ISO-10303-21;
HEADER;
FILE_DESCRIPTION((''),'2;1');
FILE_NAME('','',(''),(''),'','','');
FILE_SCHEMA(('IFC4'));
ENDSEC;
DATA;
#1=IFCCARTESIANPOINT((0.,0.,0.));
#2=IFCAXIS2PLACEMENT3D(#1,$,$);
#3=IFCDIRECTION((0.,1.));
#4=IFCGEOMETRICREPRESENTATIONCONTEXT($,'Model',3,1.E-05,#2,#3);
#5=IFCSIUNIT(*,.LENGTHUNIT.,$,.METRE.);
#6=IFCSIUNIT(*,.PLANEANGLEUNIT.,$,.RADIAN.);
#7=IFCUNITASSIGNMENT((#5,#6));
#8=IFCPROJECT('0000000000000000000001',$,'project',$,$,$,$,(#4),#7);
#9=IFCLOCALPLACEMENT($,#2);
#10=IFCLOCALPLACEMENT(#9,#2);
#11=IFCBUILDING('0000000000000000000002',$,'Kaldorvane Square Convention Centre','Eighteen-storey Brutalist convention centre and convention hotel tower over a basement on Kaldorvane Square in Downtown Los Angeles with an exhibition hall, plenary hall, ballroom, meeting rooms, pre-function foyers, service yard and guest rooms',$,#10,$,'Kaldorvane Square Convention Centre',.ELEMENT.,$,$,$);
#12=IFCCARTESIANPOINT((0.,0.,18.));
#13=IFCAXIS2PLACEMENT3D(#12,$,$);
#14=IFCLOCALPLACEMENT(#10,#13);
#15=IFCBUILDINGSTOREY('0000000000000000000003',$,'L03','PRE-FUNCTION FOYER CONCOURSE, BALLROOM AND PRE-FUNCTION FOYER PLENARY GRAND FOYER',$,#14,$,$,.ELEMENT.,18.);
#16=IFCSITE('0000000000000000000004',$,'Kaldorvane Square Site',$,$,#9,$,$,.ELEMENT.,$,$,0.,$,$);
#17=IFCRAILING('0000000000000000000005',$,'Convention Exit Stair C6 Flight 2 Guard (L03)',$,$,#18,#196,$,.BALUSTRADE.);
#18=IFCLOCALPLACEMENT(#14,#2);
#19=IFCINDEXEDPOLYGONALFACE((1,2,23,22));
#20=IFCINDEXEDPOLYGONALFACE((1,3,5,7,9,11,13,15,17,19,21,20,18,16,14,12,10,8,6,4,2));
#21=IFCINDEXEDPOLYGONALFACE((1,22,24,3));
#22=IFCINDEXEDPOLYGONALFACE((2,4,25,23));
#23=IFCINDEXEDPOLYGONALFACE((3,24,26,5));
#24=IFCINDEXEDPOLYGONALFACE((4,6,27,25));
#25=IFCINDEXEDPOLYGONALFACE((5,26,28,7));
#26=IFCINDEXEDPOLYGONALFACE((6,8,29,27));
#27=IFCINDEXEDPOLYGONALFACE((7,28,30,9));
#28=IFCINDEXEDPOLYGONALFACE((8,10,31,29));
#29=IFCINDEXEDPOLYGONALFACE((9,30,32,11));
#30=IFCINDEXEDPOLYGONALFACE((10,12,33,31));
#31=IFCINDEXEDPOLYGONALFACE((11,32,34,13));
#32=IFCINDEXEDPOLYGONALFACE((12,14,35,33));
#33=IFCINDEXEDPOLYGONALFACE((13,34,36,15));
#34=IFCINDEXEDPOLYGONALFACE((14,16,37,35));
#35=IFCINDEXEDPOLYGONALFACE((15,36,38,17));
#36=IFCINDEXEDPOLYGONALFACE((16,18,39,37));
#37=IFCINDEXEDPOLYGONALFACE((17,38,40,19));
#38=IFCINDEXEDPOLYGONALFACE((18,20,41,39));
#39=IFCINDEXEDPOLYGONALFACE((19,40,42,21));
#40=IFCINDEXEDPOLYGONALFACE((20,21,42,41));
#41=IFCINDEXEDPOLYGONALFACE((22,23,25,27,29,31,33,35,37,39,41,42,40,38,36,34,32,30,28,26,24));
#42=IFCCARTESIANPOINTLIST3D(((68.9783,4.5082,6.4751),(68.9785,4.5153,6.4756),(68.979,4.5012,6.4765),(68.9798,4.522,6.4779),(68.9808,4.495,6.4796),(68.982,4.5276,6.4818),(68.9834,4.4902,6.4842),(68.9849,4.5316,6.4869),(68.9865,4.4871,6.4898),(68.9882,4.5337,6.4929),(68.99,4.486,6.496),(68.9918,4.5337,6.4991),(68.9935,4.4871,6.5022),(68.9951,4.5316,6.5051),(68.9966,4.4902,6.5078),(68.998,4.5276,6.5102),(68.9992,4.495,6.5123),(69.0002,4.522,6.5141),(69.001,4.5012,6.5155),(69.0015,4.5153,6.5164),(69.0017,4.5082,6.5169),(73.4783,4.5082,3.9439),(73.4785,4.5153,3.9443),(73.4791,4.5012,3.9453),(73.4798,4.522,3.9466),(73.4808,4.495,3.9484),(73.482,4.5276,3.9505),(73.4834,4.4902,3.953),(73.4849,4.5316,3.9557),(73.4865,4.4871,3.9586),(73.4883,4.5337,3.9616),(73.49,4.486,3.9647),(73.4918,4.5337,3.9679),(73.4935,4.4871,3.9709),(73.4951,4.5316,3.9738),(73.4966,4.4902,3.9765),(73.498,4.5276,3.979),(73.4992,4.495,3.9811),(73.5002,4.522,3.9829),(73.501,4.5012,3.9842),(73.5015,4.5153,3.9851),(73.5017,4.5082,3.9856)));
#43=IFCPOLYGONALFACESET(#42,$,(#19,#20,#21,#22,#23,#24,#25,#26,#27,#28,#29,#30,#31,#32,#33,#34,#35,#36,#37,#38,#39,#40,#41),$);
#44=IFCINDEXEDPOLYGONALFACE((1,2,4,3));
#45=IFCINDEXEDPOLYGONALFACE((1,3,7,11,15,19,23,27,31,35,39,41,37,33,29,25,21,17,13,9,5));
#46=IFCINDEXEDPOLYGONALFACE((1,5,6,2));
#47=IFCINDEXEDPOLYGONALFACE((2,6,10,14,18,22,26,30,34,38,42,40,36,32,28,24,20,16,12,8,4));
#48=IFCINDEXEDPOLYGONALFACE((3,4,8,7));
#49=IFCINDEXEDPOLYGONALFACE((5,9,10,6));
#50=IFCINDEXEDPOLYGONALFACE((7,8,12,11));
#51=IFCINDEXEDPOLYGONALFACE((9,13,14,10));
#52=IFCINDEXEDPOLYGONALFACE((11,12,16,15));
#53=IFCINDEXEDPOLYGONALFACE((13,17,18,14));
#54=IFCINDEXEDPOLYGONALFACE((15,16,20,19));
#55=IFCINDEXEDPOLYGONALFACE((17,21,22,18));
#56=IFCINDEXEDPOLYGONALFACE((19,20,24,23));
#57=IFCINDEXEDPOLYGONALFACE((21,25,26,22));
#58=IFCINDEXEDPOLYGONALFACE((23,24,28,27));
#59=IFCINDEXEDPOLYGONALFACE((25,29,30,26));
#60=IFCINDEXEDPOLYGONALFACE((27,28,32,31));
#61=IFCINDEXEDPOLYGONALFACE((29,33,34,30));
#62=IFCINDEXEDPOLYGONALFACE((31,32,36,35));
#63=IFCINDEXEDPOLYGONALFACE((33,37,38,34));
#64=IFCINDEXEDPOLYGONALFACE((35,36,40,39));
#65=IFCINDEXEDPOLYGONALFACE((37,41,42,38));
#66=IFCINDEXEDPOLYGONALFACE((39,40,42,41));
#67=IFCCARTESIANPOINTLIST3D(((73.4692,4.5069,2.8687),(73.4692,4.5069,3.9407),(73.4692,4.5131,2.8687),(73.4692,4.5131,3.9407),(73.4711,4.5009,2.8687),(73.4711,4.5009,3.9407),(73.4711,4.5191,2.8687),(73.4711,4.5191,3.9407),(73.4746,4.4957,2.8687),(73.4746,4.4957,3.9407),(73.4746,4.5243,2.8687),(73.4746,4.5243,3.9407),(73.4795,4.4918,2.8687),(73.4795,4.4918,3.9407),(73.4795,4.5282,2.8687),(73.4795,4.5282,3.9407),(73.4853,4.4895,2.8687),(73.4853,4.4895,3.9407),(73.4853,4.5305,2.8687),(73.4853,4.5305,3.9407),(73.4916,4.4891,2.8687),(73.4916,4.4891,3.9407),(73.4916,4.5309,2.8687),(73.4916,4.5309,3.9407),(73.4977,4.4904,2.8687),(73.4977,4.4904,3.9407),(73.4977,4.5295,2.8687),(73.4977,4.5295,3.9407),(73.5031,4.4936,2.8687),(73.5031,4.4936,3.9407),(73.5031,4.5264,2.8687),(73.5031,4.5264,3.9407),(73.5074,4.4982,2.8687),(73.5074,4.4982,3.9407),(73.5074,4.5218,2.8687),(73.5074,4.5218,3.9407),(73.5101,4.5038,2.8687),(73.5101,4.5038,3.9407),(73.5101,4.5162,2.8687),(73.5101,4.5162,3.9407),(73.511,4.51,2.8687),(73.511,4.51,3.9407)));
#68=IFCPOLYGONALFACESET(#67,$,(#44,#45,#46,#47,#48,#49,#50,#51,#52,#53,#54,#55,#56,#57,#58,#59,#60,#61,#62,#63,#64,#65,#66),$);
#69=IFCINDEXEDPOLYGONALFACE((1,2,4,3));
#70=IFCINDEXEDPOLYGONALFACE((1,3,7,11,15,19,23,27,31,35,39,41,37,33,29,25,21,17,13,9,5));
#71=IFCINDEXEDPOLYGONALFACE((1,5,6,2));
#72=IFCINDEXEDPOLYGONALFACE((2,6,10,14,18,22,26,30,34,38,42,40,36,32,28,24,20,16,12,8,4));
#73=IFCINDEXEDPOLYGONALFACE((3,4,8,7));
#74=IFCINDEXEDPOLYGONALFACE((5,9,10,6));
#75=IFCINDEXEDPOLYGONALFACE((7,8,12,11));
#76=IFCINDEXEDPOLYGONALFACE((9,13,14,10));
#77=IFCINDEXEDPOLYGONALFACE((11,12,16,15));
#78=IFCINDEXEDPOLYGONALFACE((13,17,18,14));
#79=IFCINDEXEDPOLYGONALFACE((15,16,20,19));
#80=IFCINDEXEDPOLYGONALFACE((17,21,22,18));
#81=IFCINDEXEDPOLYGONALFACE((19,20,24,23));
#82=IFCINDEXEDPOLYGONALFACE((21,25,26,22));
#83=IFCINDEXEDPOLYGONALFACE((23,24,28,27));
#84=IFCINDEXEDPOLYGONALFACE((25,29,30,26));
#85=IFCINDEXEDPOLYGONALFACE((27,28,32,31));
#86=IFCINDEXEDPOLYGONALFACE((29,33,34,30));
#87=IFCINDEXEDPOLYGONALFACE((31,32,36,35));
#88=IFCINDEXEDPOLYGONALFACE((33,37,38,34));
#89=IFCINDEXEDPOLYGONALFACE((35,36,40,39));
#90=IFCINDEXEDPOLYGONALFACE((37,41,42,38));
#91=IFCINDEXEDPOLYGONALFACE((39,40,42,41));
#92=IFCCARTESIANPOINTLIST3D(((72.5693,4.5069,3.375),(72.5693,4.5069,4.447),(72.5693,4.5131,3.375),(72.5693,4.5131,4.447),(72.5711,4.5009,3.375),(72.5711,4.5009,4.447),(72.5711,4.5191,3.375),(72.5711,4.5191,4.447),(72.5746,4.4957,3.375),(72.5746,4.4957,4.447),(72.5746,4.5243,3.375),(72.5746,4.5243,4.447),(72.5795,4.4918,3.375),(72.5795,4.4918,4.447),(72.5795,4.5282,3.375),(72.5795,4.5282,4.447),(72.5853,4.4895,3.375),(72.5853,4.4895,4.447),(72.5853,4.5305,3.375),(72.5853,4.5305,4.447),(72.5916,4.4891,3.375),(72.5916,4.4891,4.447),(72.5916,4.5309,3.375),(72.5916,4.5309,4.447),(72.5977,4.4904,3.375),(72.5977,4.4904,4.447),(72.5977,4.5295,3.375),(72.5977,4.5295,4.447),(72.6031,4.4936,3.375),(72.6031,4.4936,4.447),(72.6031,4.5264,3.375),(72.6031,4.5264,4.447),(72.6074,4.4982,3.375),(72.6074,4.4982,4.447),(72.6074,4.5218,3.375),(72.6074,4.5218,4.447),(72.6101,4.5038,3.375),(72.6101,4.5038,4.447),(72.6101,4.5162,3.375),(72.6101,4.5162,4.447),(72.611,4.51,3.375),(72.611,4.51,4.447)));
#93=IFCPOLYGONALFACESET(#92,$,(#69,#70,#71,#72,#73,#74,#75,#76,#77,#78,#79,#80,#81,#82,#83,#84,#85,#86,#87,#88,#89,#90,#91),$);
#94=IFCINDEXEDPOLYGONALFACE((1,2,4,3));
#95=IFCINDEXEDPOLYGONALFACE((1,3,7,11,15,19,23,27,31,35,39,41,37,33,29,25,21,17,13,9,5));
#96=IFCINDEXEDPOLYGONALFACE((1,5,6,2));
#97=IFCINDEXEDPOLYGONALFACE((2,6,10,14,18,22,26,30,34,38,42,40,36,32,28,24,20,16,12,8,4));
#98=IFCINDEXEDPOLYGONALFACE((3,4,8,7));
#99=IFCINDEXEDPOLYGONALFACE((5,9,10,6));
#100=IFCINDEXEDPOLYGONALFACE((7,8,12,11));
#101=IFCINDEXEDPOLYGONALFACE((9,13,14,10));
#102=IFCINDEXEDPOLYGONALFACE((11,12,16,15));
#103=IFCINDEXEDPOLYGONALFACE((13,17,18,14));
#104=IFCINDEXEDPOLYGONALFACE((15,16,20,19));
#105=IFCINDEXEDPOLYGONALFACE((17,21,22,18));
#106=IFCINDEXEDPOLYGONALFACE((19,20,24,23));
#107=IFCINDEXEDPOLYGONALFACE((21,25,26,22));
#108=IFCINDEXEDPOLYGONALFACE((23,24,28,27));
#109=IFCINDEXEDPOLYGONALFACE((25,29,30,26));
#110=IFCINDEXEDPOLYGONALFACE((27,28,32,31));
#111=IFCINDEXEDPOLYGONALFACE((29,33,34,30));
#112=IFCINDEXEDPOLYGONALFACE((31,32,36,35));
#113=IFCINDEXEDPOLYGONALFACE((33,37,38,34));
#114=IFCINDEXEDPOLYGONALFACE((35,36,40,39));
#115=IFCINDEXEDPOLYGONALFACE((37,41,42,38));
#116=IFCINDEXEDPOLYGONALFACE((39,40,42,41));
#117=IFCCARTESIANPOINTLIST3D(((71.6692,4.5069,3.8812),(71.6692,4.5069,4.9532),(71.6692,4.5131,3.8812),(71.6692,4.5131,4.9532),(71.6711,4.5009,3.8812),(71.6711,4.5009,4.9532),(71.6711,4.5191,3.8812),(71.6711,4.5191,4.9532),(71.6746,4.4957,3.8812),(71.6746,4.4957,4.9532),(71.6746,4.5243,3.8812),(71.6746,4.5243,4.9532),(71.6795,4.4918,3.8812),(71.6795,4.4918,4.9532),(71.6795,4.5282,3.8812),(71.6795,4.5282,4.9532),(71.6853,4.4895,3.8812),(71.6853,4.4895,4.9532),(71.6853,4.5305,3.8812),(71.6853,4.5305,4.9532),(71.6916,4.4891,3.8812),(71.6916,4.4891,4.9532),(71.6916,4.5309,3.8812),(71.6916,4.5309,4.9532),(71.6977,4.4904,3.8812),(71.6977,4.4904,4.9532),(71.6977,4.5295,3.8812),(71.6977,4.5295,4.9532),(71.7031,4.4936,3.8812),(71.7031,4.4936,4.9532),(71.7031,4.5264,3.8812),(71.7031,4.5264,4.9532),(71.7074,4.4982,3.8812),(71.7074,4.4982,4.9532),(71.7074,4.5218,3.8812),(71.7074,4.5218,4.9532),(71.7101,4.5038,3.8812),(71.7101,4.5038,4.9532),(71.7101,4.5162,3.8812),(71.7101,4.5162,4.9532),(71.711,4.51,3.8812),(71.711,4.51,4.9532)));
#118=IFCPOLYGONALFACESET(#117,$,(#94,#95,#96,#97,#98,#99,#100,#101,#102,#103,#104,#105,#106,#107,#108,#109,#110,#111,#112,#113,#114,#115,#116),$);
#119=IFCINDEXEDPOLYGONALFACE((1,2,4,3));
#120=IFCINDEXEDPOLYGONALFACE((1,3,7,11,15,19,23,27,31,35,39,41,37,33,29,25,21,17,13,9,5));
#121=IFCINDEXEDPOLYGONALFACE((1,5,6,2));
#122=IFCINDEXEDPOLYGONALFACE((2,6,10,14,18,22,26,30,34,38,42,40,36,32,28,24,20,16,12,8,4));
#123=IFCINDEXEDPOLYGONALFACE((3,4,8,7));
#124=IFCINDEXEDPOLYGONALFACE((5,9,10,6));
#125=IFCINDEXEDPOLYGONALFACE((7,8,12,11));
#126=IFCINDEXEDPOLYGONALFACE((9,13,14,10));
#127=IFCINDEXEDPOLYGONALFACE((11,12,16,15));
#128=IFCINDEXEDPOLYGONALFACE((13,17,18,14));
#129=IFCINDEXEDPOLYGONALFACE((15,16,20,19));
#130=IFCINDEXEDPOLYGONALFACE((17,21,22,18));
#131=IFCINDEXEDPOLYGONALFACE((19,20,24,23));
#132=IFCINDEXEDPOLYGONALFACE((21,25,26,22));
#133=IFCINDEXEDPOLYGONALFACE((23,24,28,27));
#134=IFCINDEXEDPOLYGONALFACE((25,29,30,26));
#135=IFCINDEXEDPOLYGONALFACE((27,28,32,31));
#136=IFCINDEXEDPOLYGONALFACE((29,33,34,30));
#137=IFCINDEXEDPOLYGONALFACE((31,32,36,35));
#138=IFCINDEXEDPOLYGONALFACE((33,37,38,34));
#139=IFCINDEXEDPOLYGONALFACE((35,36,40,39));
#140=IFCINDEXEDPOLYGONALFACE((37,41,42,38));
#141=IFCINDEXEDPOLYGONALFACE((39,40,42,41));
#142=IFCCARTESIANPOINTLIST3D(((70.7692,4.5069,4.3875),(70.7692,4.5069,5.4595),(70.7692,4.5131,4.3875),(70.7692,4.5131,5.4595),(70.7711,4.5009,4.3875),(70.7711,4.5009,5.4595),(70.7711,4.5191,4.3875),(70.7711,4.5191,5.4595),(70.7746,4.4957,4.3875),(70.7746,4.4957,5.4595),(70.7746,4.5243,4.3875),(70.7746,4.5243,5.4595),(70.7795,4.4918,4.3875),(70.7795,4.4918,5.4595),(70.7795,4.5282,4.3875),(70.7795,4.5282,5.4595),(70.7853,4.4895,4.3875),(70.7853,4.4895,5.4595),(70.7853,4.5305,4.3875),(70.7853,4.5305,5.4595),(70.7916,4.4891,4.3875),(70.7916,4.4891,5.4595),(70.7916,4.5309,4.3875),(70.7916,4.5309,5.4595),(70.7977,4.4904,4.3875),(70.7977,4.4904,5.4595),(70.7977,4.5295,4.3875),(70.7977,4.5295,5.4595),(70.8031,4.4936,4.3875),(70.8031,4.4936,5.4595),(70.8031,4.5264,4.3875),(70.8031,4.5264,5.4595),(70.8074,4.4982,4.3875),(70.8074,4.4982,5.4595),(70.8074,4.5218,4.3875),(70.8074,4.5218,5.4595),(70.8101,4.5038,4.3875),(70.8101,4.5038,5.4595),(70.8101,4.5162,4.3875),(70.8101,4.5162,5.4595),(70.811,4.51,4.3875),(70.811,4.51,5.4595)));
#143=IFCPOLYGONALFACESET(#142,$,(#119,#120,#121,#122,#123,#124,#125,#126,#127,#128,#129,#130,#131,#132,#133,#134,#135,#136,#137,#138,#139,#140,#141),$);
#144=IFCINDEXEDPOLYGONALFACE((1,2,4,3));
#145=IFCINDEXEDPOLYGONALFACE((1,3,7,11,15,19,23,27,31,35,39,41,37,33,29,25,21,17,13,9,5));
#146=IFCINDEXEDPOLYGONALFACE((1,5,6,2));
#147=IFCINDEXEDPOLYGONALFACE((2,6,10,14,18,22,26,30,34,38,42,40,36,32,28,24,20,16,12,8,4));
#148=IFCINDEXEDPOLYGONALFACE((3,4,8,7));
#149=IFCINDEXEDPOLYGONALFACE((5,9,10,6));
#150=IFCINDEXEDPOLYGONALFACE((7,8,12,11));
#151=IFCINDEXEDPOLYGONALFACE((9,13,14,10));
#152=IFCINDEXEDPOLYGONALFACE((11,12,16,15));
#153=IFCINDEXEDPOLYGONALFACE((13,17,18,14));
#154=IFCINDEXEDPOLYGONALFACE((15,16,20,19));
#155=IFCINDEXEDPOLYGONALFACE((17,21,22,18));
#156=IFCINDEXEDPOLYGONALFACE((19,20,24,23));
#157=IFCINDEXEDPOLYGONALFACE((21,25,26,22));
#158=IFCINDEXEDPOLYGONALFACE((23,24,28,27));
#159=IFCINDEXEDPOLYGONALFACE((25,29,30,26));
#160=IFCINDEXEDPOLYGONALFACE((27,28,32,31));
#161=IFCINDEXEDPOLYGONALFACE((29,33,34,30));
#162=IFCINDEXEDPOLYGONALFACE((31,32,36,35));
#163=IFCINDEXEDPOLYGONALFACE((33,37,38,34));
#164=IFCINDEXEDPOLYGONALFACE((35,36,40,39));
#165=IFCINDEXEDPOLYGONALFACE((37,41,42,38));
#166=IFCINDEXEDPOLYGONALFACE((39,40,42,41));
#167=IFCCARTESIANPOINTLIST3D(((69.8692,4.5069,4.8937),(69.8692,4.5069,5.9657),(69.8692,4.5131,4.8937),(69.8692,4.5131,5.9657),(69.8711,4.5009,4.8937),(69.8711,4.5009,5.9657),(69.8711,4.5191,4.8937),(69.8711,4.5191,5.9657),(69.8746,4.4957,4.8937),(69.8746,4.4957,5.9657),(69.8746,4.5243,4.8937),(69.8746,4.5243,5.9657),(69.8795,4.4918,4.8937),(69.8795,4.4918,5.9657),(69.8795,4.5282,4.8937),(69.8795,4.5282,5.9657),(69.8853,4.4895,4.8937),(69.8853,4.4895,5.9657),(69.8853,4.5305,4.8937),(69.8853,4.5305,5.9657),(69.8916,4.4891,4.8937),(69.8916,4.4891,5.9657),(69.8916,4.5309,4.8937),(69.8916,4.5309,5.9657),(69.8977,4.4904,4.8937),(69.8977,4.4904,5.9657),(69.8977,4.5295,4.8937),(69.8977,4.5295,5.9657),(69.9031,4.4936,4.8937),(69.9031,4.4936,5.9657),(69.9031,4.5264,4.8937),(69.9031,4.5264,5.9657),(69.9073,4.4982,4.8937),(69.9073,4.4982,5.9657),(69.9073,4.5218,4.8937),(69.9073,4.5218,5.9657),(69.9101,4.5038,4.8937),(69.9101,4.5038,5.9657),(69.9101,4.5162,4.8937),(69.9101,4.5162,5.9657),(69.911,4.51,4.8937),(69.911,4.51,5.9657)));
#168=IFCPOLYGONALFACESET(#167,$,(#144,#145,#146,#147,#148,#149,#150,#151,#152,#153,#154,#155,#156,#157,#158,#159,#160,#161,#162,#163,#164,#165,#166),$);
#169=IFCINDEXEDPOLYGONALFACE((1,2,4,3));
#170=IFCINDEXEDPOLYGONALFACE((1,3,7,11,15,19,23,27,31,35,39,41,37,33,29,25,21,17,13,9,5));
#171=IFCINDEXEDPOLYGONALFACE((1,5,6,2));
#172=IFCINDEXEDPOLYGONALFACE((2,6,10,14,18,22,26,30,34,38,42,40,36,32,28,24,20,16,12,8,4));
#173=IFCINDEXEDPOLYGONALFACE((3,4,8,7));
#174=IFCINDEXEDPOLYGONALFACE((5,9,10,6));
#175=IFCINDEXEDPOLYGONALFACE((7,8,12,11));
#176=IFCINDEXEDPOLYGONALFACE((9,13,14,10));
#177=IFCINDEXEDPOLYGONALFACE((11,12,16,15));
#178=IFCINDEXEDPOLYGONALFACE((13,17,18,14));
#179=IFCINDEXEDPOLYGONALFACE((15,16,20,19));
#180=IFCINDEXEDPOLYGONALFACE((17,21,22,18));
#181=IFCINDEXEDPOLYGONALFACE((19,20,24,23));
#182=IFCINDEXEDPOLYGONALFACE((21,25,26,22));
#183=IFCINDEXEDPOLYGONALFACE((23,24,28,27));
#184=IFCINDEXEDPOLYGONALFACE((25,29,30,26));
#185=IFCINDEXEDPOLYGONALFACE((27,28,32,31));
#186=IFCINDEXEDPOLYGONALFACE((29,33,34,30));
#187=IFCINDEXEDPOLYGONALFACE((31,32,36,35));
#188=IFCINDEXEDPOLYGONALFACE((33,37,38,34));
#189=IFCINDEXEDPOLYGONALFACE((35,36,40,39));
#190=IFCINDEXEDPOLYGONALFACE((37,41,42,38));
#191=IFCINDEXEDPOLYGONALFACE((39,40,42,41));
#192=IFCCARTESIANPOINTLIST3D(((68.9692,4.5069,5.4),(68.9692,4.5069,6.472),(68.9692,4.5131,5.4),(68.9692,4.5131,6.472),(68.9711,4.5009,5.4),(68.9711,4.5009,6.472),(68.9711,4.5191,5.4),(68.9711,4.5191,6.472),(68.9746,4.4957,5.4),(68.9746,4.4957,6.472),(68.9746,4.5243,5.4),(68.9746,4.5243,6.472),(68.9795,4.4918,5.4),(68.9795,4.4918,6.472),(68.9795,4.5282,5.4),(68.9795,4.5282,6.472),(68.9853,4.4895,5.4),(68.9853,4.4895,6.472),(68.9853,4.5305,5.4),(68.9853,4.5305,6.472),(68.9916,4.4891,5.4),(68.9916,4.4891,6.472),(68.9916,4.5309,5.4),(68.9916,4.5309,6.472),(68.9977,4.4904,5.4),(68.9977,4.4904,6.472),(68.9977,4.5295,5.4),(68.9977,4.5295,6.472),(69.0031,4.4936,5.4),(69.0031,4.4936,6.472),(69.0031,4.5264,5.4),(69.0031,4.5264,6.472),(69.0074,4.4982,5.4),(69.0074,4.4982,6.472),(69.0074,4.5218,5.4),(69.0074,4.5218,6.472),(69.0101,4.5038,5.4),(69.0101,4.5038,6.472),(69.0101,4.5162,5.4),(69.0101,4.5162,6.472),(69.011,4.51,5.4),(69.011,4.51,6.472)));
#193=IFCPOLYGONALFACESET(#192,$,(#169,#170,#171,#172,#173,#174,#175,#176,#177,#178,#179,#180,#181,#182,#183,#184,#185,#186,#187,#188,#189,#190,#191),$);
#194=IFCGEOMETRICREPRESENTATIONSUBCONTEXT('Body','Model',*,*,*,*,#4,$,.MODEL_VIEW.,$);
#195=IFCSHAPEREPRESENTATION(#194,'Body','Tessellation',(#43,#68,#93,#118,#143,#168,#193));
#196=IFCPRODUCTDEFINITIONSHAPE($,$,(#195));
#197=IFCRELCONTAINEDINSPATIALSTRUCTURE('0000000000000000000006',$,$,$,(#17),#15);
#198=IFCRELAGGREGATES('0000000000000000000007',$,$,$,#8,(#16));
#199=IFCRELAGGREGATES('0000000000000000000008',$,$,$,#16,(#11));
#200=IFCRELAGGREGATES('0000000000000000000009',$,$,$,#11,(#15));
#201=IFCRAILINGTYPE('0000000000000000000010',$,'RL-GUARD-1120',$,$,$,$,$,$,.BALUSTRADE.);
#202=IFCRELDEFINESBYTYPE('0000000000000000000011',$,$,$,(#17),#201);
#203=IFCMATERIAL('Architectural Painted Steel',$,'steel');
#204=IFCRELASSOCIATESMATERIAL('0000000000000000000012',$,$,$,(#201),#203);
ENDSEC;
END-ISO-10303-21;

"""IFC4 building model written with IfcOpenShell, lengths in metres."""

from ifc_helpers import new_model, si_unit, direction, frame, origin, origin_2d, place, context, subcontext, project, spatial, circle, extrude, material, type_object, element, save


model = new_model("IFC4")

# Units and contexts
model_context = context("Model", 3, precision=1e-05, world=origin(), true_north=direction((0.0, 1.0)))
body_context = subcontext(model_context, "Body", "Model", "MODEL_VIEW")
ifc_project = project(units=[si_unit("LENGTHUNIT", "METRE"), si_unit("PLANEANGLEUNIT", "RADIAN")], contexts=[model_context])

# Site, building, storey
site_placement = place(None, origin())
site = spatial("IfcSite", under=ifc_project, at=site_placement, Name="Kaldorvane Square Site", CompositionType="ELEMENT", RefElevation=0.0)
building_placement = place(site_placement, origin())
building = spatial("IfcBuilding", under=site, at=building_placement, Name="Kaldorvane Square Convention Centre", Description="Eighteen-storey Brutalist convention centre and convention hotel tower over a basement on Kaldorvane Square in Downtown Los Angeles with an exhibition hall, plenary hall, ballroom, meeting rooms, pre-function foyers, service yard and guest rooms", LongName="Kaldorvane Square Convention Centre", CompositionType="ELEMENT")
storey_placement = place(building_placement, frame((0.0, 0.0, 18.0)))
storey = spatial("IfcBuildingStorey", under=building, at=storey_placement, Name="L03", Description="PRE-FUNCTION FOYER CONCOURSE, BALLROOM AND PRE-FUNCTION FOYER PLENARY GRAND FOYER", CompositionType="ELEMENT", Elevation=18.0)

# Railing
ifc_material_1 = material(Name="Architectural Painted Steel", Category="steel")
railing_type_1 = type_object("IfcRailingType", Name="RL-GUARD-1120", PredefinedType="BALUSTRADE", material=ifc_material_1)
railing_1_placement = place(storey_placement, frame((73.49, 4.51, 2.8687)))
element("IfcRailing", 1, at=railing_1_placement, inside=storey, type_object=railing_type_1, Name="Convention Exit Stair C6 Flight 2 Guard (L03)", PredefinedType="BALUSTRADE", context=body_context, shape_type="SweptSolid", body=[
    extrude(circle(Radius=0.024, at=origin_2d()), frame((0.0, 0.0, 1.096), z_axis=(-0.871576, 0.0, 0.490261), x_axis=(0.0, -1.0, 0.0)), (0.0, 0.0, 1.0), 5.1631),
    extrude(circle(Radius=0.021, at=origin_2d()), origin(), (0.0, 0.0, 1.0), 1.072),
    extrude(circle(Radius=0.021, at=origin_2d()), frame((-0.9, 0.0, 0.5063)), (0.0, 0.0, 1.0), 1.072),
    extrude(circle(Radius=0.021, at=origin_2d()), frame((-1.8, 0.0, 1.0125)), (0.0, 0.0, 1.0), 1.072),
    extrude(circle(Radius=0.021, at=origin_2d()), frame((-2.7, 0.0, 1.5188)), (0.0, 0.0, 1.0), 1.072),
    extrude(circle(Radius=0.021, at=origin_2d()), frame((-3.6, 0.0, 2.025)), (0.0, 0.0, 1.0), 1.072),
    extrude(circle(Radius=0.021, at=origin_2d()), frame((-4.5, 0.0, 2.5312)), (0.0, 0.0, 1.0), 1.072),
])

save(model, "model.ifc")
